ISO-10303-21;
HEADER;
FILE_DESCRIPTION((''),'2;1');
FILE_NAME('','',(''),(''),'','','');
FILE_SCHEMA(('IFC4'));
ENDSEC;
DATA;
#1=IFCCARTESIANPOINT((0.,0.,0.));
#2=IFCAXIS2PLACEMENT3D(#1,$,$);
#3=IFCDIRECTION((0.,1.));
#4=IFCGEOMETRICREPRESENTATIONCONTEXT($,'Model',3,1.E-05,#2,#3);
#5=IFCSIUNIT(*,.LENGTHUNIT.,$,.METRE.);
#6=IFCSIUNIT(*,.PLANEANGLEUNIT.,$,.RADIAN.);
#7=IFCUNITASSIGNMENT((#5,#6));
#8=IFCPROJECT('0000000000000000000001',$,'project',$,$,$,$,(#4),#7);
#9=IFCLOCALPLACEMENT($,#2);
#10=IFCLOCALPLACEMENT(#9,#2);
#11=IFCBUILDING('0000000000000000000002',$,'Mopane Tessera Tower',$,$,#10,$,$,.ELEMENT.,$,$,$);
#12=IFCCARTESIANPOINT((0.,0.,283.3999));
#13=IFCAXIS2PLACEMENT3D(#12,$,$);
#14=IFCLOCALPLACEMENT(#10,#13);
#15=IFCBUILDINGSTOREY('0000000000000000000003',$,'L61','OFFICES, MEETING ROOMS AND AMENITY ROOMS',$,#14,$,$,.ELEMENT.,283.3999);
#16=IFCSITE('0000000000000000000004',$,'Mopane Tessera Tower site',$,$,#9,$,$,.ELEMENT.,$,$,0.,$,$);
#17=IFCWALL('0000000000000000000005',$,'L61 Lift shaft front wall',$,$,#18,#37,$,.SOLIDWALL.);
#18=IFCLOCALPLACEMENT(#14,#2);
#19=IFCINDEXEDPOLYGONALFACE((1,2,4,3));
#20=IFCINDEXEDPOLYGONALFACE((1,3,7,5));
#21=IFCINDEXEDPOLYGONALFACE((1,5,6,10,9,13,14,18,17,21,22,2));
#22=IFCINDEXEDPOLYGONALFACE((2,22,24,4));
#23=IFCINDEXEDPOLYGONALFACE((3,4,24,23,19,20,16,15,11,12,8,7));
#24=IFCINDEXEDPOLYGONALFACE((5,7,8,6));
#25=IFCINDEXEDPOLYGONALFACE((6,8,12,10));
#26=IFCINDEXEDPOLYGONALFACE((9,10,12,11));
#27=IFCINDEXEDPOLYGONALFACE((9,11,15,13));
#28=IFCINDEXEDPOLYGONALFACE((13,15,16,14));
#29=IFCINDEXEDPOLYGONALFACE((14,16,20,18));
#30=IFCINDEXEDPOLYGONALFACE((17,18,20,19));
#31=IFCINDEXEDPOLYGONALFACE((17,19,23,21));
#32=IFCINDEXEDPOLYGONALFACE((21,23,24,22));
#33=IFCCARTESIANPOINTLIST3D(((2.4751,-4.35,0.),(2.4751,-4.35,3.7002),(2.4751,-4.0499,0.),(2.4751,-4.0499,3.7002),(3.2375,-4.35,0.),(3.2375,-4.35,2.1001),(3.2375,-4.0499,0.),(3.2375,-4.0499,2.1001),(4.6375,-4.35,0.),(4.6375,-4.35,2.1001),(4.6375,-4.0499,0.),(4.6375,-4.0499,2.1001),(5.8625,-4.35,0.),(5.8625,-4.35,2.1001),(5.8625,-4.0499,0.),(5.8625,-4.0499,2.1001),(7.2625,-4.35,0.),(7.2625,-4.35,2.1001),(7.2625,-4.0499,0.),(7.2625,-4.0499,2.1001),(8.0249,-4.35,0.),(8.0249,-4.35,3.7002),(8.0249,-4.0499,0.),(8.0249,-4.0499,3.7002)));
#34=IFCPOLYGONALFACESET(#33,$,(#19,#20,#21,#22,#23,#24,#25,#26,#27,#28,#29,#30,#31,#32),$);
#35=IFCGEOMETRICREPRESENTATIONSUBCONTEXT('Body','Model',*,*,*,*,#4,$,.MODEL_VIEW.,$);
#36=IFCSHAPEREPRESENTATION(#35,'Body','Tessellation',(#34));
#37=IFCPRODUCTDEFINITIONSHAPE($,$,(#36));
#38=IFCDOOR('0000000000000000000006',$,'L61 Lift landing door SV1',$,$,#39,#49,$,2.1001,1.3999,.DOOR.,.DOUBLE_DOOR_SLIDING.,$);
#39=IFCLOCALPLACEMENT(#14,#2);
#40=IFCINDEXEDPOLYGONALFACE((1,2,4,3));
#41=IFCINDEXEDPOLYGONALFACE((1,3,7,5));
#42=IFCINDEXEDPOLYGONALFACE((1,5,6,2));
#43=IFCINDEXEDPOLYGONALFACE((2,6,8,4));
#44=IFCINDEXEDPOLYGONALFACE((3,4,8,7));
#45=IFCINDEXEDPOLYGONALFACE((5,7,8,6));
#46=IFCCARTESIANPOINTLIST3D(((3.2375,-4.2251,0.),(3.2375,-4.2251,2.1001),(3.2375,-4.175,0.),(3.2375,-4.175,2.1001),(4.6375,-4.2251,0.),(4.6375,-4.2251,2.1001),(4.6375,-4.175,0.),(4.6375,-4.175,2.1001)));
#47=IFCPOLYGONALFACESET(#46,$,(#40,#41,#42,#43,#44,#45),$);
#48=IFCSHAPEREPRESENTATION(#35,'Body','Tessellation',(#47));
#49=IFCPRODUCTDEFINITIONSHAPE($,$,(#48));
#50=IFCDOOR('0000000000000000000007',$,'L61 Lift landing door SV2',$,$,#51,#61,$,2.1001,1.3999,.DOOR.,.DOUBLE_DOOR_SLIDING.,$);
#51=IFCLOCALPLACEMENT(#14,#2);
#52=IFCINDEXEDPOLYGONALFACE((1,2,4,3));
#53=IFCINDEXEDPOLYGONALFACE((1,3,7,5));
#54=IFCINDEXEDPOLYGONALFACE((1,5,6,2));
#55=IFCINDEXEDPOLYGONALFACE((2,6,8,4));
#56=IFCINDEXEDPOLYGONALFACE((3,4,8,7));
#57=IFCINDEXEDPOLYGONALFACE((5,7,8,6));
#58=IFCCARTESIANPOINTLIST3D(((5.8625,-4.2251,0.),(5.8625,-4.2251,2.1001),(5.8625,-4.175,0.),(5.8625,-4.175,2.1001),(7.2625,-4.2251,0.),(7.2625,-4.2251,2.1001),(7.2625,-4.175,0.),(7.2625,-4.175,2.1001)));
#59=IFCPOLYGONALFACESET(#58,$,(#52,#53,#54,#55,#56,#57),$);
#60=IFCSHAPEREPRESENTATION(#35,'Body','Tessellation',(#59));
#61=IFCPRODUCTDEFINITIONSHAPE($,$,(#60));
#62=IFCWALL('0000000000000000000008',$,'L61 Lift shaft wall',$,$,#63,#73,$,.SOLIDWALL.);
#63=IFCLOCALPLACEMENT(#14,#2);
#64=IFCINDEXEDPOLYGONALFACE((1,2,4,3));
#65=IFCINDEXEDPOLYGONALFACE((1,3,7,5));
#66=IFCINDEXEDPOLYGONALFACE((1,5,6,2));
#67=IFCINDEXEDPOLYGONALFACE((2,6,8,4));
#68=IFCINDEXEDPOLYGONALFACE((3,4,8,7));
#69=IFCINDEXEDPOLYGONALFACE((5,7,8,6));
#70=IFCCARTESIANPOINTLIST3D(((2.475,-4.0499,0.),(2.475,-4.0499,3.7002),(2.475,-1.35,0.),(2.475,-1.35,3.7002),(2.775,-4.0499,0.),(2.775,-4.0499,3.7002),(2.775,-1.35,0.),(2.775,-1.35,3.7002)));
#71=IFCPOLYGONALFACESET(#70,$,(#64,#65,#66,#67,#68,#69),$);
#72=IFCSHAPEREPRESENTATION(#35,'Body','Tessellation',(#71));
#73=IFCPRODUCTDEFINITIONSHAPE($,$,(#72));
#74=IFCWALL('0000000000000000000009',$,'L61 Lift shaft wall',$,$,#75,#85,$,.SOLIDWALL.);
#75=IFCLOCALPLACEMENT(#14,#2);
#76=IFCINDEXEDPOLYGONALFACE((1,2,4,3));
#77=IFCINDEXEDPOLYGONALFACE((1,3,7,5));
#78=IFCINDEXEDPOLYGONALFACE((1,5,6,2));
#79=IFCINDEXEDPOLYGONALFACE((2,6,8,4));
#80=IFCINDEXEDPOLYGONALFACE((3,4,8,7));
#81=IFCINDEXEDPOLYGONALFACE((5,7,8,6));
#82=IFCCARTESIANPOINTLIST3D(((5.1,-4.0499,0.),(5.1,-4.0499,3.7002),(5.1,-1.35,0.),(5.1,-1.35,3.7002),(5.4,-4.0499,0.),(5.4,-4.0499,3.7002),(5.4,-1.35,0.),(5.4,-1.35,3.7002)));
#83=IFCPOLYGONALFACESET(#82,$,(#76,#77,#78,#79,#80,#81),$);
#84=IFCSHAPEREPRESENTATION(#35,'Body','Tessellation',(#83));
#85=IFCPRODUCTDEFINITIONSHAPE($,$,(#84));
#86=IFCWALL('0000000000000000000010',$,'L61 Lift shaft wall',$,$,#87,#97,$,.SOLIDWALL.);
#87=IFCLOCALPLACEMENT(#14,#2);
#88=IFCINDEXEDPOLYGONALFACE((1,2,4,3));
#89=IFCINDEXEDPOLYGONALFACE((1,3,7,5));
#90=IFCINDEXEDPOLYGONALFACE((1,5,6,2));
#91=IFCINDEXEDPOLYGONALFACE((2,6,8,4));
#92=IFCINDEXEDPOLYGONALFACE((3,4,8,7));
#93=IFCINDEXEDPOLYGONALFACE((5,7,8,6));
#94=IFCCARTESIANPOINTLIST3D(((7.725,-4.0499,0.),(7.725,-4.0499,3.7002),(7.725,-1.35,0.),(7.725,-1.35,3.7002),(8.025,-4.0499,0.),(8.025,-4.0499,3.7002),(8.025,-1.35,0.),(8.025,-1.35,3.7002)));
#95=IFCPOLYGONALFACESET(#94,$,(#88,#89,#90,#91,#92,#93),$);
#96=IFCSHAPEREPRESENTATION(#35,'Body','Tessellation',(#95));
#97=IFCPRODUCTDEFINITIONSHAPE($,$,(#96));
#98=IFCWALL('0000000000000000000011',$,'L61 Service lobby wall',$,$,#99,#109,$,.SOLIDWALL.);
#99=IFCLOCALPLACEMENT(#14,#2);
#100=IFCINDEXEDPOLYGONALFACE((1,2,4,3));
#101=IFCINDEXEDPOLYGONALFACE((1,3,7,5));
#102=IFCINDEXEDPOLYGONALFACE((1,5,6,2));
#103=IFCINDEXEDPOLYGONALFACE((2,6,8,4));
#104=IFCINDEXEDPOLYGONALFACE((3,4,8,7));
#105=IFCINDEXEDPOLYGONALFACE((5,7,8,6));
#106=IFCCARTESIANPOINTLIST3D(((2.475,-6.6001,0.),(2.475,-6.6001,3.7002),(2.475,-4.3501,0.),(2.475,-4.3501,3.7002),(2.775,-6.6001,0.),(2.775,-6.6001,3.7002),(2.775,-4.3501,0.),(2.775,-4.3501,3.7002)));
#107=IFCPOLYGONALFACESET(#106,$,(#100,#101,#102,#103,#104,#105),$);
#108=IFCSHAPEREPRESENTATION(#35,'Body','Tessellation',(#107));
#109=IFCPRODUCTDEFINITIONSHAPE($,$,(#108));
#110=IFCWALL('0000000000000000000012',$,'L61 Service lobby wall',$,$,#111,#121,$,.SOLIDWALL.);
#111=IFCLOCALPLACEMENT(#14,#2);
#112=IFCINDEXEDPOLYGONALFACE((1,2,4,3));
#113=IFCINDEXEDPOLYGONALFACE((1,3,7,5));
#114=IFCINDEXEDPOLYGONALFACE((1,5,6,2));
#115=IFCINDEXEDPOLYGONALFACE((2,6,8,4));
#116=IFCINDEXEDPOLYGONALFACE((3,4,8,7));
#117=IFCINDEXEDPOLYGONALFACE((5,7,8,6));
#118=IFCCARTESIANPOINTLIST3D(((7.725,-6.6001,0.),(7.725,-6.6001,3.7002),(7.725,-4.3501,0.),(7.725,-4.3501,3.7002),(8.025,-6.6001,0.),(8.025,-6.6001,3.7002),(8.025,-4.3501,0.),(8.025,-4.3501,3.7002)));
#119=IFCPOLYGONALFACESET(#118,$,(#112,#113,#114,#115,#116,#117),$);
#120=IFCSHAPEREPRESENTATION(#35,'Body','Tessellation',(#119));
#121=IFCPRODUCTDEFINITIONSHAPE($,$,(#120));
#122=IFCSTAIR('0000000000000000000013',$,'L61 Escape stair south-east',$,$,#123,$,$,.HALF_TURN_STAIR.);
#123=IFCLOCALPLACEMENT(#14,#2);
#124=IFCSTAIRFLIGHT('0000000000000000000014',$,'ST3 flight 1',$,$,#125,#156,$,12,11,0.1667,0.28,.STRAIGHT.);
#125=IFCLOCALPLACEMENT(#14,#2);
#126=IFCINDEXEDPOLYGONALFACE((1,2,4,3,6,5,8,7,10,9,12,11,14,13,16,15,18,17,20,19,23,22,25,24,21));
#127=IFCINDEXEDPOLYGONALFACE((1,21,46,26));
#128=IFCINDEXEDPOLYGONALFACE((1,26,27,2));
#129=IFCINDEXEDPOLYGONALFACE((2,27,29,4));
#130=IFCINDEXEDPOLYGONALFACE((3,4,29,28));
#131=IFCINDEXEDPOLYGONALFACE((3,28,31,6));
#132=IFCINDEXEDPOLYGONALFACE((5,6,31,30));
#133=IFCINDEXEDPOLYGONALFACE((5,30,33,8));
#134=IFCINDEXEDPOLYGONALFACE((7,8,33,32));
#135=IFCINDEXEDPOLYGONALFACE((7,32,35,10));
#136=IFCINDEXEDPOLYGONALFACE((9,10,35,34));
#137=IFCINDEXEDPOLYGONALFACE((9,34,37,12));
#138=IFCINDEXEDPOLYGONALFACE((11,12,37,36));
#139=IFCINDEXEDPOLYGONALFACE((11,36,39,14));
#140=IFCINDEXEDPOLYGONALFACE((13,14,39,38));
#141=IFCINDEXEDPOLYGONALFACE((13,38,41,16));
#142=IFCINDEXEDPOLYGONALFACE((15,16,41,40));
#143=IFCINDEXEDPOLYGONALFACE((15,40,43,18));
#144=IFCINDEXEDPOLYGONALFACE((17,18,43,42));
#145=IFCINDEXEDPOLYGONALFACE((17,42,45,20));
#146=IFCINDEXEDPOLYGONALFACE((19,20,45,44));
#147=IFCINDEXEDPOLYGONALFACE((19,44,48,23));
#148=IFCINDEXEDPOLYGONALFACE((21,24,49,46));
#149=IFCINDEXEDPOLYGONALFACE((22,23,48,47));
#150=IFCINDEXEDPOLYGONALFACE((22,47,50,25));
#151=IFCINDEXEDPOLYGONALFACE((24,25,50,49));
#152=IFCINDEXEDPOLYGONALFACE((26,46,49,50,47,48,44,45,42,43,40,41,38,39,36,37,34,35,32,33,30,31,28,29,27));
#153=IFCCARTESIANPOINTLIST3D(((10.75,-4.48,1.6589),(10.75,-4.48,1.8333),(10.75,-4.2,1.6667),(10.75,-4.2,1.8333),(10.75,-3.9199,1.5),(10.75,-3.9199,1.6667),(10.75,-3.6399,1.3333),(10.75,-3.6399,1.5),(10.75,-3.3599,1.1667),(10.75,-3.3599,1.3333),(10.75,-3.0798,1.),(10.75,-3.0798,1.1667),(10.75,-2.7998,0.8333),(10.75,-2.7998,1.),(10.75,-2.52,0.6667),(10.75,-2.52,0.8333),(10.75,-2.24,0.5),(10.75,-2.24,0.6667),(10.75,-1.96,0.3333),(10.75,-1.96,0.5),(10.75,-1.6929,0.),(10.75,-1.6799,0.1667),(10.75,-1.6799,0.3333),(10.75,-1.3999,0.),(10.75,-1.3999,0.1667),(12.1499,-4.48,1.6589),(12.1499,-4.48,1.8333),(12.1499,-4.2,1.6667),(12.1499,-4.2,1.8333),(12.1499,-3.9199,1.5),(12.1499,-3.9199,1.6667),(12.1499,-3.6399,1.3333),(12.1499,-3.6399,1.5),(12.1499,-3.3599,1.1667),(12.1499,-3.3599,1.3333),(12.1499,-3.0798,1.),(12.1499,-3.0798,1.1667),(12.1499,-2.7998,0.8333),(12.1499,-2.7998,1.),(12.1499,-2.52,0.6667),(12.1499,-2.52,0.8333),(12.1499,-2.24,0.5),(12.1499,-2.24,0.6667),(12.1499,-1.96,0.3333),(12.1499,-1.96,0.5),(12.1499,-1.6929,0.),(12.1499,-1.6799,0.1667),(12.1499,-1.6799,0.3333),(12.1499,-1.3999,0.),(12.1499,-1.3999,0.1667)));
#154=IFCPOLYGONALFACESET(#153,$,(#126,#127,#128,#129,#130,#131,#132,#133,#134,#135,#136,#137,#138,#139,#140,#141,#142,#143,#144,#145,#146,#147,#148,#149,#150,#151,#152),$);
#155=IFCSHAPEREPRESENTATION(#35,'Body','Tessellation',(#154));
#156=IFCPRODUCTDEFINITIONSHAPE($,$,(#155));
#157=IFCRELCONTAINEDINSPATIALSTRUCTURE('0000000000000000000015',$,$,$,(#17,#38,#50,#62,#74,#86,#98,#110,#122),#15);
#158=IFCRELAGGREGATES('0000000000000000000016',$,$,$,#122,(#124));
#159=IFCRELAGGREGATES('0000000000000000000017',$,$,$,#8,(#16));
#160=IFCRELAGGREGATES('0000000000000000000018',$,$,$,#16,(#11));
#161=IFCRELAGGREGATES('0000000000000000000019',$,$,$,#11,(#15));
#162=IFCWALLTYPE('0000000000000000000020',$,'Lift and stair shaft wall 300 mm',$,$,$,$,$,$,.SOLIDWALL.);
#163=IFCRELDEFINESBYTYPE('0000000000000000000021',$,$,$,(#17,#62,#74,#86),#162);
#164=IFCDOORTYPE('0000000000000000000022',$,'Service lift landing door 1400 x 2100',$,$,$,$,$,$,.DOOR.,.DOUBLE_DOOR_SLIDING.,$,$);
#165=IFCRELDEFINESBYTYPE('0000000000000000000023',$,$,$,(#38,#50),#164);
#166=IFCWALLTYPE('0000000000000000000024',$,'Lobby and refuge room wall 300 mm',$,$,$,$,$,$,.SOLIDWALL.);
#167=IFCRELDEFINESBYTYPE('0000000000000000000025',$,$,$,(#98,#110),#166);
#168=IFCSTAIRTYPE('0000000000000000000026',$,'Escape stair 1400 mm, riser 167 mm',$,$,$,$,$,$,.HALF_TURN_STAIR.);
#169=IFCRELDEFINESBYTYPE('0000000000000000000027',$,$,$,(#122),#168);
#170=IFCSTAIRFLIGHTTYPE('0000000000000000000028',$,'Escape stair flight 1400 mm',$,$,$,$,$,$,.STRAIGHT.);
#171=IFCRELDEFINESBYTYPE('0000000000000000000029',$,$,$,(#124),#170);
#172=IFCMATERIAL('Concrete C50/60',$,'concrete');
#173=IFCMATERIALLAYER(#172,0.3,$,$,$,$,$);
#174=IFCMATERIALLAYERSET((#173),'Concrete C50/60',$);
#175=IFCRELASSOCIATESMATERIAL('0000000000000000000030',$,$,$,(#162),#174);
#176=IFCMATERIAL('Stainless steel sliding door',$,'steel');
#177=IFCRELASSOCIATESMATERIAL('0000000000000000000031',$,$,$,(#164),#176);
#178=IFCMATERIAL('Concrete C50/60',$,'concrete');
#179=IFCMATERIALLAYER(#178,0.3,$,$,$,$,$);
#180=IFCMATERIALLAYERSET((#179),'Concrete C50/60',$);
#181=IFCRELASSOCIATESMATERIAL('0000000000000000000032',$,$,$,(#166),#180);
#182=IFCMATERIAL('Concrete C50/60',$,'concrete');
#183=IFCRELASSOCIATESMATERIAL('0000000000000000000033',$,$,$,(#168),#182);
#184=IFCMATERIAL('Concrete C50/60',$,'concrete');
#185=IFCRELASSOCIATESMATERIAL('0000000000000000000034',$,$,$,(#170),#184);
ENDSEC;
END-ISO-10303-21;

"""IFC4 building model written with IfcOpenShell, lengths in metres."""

from ifc_helpers import new_model, si_unit, direction, frame, frame_2d, origin, place, context, subcontext, project, spatial, polyline, rectangle, outline, extrude, material, layer, layer_set, type_object, element, fill, aggregate, save


model = new_model("IFC4")

# Units and contexts
model_context = context("Model", 3, precision=1e-05, world=origin(), true_north=direction((0.0, 1.0)))
body_context = subcontext(model_context, "Body", "Model", "MODEL_VIEW")
ifc_project = project(units=[si_unit("LENGTHUNIT", "METRE"), si_unit("PLANEANGLEUNIT", "RADIAN")], contexts=[model_context])

# Site, building, storey
site_placement = place(None, origin())
site = spatial("IfcSite", under=ifc_project, at=site_placement, Name="Mopane Tessera Tower site", CompositionType="ELEMENT", RefElevation=0.0)
building_placement = place(site_placement, origin())
building = spatial("IfcBuilding", under=site, at=building_placement, Name="Mopane Tessera Tower", CompositionType="ELEMENT")
storey_placement = place(building_placement, frame((0.0, 0.0, 283.3999)))
storey = spatial("IfcBuildingStorey", under=building, at=storey_placement, Name="L61", Description="OFFICES, MEETING ROOMS AND AMENITY ROOMS", CompositionType="ELEMENT", Elevation=283.3999)

# Wall, openings, doors
ifc_material_1 = material(Name="Concrete C50/60", Category="concrete")
ifc_layer_1 = layer(ifc_material_1, 0.3)
ifc_layer_set_1 = layer_set([ifc_layer_1], Name="Concrete C50/60")
wall_type_1 = type_object("IfcWallType", Name="Lift and stair shaft wall 300 mm", PredefinedType="SOLIDWALL", material=ifc_layer_set_1)
wall_1_placement = place(storey_placement, frame((2.4751, -4.2, 0.0), z_axis=(0.0, 0.0, 1.0), x_axis=(1.0, 0.0, 0.0)))
wall_1 = element("IfcWall", 1, at=wall_1_placement, inside=storey, type_object=wall_type_1, Name="L61 Lift shaft front wall", PredefinedType="SOLIDWALL", context=body_context, shape_type="SweptSolid", body=[
    extrude(rectangle(XDim=5.5498, YDim=0.3, at=frame_2d((2.7749, 0.0))), origin(), (0.0, 0.0, 1.0), 3.7002),
])
opening_1_placement = place(wall_1_placement, frame((0.7625, 0.0, 0.0)))
opening_1 = element("IfcOpeningElement", 2, at=opening_1_placement, cuts=wall_1, PredefinedType="OPENING", context=body_context, shape_type="SweptSolid", body=[
    extrude(rectangle(XDim=1.3999, YDim=2.1001, at=frame_2d((0.7, 1.05))), frame((0.0, 0.1621, 0.0), z_axis=(0.0, -1.0, 0.0), x_axis=(1.0, 0.0, 0.0)), (0.0, 0.0, 1.0), 0.324),
])
opening_2_placement = place(wall_1_placement, frame((3.3875, 0.0, 0.0)))
opening_2 = element("IfcOpeningElement", 3, at=opening_2_placement, cuts=wall_1, PredefinedType="OPENING", context=body_context, shape_type="SweptSolid", body=[
    extrude(rectangle(XDim=1.3999, YDim=2.1001, at=frame_2d((0.7, 1.05))), frame((0.0, 0.1621, 0.0), z_axis=(0.0, -1.0, 0.0), x_axis=(1.0, 0.0, 0.0)), (0.0, 0.0, 1.0), 0.324),
])
ifc_material_2 = material(Name="Stainless steel sliding door", Category="steel")
door_type = type_object("IfcDoorType", Name="Service lift landing door 1400 x 2100", OperationType="DOUBLE_DOOR_SLIDING", PredefinedType="DOOR", material=ifc_material_2)
door_1_placement = place(opening_1_placement, origin())
door_1 = element("IfcDoor", 4, at=door_1_placement, inside=storey, type_object=door_type, Name="L61 Lift landing door SV1", OperationType="DOUBLE_DOOR_SLIDING", OverallHeight=2.1001, OverallWidth=1.3999, PredefinedType="DOOR", context=body_context, shape_type="SweptSolid", body=[
    extrude(rectangle(XDim=1.3999, YDim=2.1001, at=frame_2d((0.7, 1.05))), frame((0.0, 0.0249, 0.0), z_axis=(0.0, -1.0, 0.0), x_axis=(1.0, 0.0, 0.0)), (0.0, 0.0, 1.0), 0.05),
])
fill(opening_1, door_1)
door_2_placement = place(opening_2_placement, origin())
door_2 = element("IfcDoor", 5, at=door_2_placement, inside=storey, type_object=door_type, Name="L61 Lift landing door SV2", OperationType="DOUBLE_DOOR_SLIDING", OverallHeight=2.1001, OverallWidth=1.3999, PredefinedType="DOOR", context=body_context, shape_type="SweptSolid", body=[
    extrude(rectangle(XDim=1.3999, YDim=2.1001, at=frame_2d((0.7, 1.05))), frame((0.0, 0.0249, 0.0), z_axis=(0.0, -1.0, 0.0), x_axis=(1.0, 0.0, 0.0)), (0.0, 0.0, 1.0), 0.05),
])
fill(opening_2, door_2)

# Walls
for number, where, z_axis, x_axis, name in (
    (6, (2.625, -4.05, 0.0), (0.0, 0.0, 1.0), (0.0, 1.0, 0.0), "L61 Lift shaft wall"),
    (7, (5.25, -4.05, 0.0), (0.0, 0.0, 1.0), (0.0, 1.0, 0.0), "L61 Lift shaft wall"),
    (8, (7.875, -4.05, 0.0), (0.0, 0.0, 1.0), (0.0, 1.0, 0.0), "L61 Lift shaft wall"),
):
    element("IfcWall", number, at=place(storey_placement, frame(where, z_axis=z_axis, x_axis=x_axis)), inside=storey, type_object=wall_type_1, Name=name, PredefinedType="SOLIDWALL", context=body_context, shape_type="SweptSolid", body=[
        extrude(rectangle(XDim=2.7, YDim=0.3, at=frame_2d((1.3501, 0.0))), origin(), (0.0, 0.0, 1.0), 3.7002),
    ])
ifc_material_3 = material(Name="Concrete C50/60", Category="concrete")
ifc_layer_2 = layer(ifc_material_3, 0.3)
ifc_layer_set_2 = layer_set([ifc_layer_2], Name="Concrete C50/60")
wall_type_2 = type_object("IfcWallType", Name="Lobby and refuge room wall 300 mm", PredefinedType="SOLIDWALL", material=ifc_layer_set_2)
for number, where, z_axis, x_axis, name in (
    (9, (2.625, -6.6001, 0.0), (0.0, 0.0, 1.0), (0.0, 1.0, 0.0), "L61 Service lobby wall"),
    (10, (7.875, -6.6001, 0.0), (0.0, 0.0, 1.0), (0.0, 1.0, 0.0), "L61 Service lobby wall"),
):
    element("IfcWall", number, at=place(storey_placement, frame(where, z_axis=z_axis, x_axis=x_axis)), inside=storey, type_object=wall_type_2, Name=name, PredefinedType="SOLIDWALL", context=body_context, shape_type="SweptSolid", body=[
        extrude(rectangle(XDim=2.25, YDim=0.3, at=frame_2d((1.125, 0.0))), origin(), (0.0, 0.0, 1.0), 3.7002),
    ])

# Stair, stair flight
ifc_material_4 = material(Name="Concrete C50/60", Category="concrete")
stair_type = type_object("IfcStairType", Name="Escape stair 1400 mm, riser 167 mm", PredefinedType="HALF_TURN_STAIR", material=ifc_material_4)
stair_placement = place(storey_placement, origin())
stair = element("IfcStair", 11, at=stair_placement, inside=storey, type_object=stair_type, Name="L61 Escape stair south-east", PredefinedType="HALF_TURN_STAIR")
ifc_material_5 = material(Name="Concrete C50/60", Category="concrete")
stair_flight_type = type_object("IfcStairFlightType", Name="Escape stair flight 1400 mm", PredefinedType="STRAIGHT", material=ifc_material_5)
stair_flight_placement = place(storey_placement, frame((11.45, -1.3999, 0.0), z_axis=(0.0, 0.0, 1.0), x_axis=(0.0, -1.0, 0.0)))
stair_flight = element("IfcStairFlight", 12, at=stair_flight_placement, type_object=stair_flight_type, Name="ST3 flight 1", NumberOfRisers=12, NumberOfTreads=11, PredefinedType="STRAIGHT", RiserHeight=0.1667, TreadLength=0.28, context=body_context, shape_type="SweptSolid", body=[
    extrude(outline(polyline([(0.0, 0.0), (0.0, 0.1667), (0.28, 0.1667), (0.28, 0.3333), (0.5601, 0.3333), (0.5601, 0.5), (0.8401, 0.5), (0.8401, 0.6667), (1.1201, 0.6667), (1.1201, 0.8333), (1.3999, 0.8333), (1.3999, 1.0), (1.6799, 1.0), (1.6799, 1.1667), (1.96, 1.1667), (1.96, 1.3333), (2.24, 1.3333), (2.24, 1.5), (2.52, 1.5), (2.52, 1.6667), (2.8, 1.6667), (2.8, 1.8333), (3.0801, 1.8333), (3.0801, 2.0), (3.0801, 1.6589), (0.293, 0.0), (0.0, 0.0)])), frame((0.0, 0.7, 0.0), z_axis=(0.0, -1.0, 0.0), x_axis=(1.0, 0.0, 0.0)), (0.0, 0.0, 1.0), 1.3999),
])
aggregate(stair, [stair_flight])

save(model, "model.ifc")
